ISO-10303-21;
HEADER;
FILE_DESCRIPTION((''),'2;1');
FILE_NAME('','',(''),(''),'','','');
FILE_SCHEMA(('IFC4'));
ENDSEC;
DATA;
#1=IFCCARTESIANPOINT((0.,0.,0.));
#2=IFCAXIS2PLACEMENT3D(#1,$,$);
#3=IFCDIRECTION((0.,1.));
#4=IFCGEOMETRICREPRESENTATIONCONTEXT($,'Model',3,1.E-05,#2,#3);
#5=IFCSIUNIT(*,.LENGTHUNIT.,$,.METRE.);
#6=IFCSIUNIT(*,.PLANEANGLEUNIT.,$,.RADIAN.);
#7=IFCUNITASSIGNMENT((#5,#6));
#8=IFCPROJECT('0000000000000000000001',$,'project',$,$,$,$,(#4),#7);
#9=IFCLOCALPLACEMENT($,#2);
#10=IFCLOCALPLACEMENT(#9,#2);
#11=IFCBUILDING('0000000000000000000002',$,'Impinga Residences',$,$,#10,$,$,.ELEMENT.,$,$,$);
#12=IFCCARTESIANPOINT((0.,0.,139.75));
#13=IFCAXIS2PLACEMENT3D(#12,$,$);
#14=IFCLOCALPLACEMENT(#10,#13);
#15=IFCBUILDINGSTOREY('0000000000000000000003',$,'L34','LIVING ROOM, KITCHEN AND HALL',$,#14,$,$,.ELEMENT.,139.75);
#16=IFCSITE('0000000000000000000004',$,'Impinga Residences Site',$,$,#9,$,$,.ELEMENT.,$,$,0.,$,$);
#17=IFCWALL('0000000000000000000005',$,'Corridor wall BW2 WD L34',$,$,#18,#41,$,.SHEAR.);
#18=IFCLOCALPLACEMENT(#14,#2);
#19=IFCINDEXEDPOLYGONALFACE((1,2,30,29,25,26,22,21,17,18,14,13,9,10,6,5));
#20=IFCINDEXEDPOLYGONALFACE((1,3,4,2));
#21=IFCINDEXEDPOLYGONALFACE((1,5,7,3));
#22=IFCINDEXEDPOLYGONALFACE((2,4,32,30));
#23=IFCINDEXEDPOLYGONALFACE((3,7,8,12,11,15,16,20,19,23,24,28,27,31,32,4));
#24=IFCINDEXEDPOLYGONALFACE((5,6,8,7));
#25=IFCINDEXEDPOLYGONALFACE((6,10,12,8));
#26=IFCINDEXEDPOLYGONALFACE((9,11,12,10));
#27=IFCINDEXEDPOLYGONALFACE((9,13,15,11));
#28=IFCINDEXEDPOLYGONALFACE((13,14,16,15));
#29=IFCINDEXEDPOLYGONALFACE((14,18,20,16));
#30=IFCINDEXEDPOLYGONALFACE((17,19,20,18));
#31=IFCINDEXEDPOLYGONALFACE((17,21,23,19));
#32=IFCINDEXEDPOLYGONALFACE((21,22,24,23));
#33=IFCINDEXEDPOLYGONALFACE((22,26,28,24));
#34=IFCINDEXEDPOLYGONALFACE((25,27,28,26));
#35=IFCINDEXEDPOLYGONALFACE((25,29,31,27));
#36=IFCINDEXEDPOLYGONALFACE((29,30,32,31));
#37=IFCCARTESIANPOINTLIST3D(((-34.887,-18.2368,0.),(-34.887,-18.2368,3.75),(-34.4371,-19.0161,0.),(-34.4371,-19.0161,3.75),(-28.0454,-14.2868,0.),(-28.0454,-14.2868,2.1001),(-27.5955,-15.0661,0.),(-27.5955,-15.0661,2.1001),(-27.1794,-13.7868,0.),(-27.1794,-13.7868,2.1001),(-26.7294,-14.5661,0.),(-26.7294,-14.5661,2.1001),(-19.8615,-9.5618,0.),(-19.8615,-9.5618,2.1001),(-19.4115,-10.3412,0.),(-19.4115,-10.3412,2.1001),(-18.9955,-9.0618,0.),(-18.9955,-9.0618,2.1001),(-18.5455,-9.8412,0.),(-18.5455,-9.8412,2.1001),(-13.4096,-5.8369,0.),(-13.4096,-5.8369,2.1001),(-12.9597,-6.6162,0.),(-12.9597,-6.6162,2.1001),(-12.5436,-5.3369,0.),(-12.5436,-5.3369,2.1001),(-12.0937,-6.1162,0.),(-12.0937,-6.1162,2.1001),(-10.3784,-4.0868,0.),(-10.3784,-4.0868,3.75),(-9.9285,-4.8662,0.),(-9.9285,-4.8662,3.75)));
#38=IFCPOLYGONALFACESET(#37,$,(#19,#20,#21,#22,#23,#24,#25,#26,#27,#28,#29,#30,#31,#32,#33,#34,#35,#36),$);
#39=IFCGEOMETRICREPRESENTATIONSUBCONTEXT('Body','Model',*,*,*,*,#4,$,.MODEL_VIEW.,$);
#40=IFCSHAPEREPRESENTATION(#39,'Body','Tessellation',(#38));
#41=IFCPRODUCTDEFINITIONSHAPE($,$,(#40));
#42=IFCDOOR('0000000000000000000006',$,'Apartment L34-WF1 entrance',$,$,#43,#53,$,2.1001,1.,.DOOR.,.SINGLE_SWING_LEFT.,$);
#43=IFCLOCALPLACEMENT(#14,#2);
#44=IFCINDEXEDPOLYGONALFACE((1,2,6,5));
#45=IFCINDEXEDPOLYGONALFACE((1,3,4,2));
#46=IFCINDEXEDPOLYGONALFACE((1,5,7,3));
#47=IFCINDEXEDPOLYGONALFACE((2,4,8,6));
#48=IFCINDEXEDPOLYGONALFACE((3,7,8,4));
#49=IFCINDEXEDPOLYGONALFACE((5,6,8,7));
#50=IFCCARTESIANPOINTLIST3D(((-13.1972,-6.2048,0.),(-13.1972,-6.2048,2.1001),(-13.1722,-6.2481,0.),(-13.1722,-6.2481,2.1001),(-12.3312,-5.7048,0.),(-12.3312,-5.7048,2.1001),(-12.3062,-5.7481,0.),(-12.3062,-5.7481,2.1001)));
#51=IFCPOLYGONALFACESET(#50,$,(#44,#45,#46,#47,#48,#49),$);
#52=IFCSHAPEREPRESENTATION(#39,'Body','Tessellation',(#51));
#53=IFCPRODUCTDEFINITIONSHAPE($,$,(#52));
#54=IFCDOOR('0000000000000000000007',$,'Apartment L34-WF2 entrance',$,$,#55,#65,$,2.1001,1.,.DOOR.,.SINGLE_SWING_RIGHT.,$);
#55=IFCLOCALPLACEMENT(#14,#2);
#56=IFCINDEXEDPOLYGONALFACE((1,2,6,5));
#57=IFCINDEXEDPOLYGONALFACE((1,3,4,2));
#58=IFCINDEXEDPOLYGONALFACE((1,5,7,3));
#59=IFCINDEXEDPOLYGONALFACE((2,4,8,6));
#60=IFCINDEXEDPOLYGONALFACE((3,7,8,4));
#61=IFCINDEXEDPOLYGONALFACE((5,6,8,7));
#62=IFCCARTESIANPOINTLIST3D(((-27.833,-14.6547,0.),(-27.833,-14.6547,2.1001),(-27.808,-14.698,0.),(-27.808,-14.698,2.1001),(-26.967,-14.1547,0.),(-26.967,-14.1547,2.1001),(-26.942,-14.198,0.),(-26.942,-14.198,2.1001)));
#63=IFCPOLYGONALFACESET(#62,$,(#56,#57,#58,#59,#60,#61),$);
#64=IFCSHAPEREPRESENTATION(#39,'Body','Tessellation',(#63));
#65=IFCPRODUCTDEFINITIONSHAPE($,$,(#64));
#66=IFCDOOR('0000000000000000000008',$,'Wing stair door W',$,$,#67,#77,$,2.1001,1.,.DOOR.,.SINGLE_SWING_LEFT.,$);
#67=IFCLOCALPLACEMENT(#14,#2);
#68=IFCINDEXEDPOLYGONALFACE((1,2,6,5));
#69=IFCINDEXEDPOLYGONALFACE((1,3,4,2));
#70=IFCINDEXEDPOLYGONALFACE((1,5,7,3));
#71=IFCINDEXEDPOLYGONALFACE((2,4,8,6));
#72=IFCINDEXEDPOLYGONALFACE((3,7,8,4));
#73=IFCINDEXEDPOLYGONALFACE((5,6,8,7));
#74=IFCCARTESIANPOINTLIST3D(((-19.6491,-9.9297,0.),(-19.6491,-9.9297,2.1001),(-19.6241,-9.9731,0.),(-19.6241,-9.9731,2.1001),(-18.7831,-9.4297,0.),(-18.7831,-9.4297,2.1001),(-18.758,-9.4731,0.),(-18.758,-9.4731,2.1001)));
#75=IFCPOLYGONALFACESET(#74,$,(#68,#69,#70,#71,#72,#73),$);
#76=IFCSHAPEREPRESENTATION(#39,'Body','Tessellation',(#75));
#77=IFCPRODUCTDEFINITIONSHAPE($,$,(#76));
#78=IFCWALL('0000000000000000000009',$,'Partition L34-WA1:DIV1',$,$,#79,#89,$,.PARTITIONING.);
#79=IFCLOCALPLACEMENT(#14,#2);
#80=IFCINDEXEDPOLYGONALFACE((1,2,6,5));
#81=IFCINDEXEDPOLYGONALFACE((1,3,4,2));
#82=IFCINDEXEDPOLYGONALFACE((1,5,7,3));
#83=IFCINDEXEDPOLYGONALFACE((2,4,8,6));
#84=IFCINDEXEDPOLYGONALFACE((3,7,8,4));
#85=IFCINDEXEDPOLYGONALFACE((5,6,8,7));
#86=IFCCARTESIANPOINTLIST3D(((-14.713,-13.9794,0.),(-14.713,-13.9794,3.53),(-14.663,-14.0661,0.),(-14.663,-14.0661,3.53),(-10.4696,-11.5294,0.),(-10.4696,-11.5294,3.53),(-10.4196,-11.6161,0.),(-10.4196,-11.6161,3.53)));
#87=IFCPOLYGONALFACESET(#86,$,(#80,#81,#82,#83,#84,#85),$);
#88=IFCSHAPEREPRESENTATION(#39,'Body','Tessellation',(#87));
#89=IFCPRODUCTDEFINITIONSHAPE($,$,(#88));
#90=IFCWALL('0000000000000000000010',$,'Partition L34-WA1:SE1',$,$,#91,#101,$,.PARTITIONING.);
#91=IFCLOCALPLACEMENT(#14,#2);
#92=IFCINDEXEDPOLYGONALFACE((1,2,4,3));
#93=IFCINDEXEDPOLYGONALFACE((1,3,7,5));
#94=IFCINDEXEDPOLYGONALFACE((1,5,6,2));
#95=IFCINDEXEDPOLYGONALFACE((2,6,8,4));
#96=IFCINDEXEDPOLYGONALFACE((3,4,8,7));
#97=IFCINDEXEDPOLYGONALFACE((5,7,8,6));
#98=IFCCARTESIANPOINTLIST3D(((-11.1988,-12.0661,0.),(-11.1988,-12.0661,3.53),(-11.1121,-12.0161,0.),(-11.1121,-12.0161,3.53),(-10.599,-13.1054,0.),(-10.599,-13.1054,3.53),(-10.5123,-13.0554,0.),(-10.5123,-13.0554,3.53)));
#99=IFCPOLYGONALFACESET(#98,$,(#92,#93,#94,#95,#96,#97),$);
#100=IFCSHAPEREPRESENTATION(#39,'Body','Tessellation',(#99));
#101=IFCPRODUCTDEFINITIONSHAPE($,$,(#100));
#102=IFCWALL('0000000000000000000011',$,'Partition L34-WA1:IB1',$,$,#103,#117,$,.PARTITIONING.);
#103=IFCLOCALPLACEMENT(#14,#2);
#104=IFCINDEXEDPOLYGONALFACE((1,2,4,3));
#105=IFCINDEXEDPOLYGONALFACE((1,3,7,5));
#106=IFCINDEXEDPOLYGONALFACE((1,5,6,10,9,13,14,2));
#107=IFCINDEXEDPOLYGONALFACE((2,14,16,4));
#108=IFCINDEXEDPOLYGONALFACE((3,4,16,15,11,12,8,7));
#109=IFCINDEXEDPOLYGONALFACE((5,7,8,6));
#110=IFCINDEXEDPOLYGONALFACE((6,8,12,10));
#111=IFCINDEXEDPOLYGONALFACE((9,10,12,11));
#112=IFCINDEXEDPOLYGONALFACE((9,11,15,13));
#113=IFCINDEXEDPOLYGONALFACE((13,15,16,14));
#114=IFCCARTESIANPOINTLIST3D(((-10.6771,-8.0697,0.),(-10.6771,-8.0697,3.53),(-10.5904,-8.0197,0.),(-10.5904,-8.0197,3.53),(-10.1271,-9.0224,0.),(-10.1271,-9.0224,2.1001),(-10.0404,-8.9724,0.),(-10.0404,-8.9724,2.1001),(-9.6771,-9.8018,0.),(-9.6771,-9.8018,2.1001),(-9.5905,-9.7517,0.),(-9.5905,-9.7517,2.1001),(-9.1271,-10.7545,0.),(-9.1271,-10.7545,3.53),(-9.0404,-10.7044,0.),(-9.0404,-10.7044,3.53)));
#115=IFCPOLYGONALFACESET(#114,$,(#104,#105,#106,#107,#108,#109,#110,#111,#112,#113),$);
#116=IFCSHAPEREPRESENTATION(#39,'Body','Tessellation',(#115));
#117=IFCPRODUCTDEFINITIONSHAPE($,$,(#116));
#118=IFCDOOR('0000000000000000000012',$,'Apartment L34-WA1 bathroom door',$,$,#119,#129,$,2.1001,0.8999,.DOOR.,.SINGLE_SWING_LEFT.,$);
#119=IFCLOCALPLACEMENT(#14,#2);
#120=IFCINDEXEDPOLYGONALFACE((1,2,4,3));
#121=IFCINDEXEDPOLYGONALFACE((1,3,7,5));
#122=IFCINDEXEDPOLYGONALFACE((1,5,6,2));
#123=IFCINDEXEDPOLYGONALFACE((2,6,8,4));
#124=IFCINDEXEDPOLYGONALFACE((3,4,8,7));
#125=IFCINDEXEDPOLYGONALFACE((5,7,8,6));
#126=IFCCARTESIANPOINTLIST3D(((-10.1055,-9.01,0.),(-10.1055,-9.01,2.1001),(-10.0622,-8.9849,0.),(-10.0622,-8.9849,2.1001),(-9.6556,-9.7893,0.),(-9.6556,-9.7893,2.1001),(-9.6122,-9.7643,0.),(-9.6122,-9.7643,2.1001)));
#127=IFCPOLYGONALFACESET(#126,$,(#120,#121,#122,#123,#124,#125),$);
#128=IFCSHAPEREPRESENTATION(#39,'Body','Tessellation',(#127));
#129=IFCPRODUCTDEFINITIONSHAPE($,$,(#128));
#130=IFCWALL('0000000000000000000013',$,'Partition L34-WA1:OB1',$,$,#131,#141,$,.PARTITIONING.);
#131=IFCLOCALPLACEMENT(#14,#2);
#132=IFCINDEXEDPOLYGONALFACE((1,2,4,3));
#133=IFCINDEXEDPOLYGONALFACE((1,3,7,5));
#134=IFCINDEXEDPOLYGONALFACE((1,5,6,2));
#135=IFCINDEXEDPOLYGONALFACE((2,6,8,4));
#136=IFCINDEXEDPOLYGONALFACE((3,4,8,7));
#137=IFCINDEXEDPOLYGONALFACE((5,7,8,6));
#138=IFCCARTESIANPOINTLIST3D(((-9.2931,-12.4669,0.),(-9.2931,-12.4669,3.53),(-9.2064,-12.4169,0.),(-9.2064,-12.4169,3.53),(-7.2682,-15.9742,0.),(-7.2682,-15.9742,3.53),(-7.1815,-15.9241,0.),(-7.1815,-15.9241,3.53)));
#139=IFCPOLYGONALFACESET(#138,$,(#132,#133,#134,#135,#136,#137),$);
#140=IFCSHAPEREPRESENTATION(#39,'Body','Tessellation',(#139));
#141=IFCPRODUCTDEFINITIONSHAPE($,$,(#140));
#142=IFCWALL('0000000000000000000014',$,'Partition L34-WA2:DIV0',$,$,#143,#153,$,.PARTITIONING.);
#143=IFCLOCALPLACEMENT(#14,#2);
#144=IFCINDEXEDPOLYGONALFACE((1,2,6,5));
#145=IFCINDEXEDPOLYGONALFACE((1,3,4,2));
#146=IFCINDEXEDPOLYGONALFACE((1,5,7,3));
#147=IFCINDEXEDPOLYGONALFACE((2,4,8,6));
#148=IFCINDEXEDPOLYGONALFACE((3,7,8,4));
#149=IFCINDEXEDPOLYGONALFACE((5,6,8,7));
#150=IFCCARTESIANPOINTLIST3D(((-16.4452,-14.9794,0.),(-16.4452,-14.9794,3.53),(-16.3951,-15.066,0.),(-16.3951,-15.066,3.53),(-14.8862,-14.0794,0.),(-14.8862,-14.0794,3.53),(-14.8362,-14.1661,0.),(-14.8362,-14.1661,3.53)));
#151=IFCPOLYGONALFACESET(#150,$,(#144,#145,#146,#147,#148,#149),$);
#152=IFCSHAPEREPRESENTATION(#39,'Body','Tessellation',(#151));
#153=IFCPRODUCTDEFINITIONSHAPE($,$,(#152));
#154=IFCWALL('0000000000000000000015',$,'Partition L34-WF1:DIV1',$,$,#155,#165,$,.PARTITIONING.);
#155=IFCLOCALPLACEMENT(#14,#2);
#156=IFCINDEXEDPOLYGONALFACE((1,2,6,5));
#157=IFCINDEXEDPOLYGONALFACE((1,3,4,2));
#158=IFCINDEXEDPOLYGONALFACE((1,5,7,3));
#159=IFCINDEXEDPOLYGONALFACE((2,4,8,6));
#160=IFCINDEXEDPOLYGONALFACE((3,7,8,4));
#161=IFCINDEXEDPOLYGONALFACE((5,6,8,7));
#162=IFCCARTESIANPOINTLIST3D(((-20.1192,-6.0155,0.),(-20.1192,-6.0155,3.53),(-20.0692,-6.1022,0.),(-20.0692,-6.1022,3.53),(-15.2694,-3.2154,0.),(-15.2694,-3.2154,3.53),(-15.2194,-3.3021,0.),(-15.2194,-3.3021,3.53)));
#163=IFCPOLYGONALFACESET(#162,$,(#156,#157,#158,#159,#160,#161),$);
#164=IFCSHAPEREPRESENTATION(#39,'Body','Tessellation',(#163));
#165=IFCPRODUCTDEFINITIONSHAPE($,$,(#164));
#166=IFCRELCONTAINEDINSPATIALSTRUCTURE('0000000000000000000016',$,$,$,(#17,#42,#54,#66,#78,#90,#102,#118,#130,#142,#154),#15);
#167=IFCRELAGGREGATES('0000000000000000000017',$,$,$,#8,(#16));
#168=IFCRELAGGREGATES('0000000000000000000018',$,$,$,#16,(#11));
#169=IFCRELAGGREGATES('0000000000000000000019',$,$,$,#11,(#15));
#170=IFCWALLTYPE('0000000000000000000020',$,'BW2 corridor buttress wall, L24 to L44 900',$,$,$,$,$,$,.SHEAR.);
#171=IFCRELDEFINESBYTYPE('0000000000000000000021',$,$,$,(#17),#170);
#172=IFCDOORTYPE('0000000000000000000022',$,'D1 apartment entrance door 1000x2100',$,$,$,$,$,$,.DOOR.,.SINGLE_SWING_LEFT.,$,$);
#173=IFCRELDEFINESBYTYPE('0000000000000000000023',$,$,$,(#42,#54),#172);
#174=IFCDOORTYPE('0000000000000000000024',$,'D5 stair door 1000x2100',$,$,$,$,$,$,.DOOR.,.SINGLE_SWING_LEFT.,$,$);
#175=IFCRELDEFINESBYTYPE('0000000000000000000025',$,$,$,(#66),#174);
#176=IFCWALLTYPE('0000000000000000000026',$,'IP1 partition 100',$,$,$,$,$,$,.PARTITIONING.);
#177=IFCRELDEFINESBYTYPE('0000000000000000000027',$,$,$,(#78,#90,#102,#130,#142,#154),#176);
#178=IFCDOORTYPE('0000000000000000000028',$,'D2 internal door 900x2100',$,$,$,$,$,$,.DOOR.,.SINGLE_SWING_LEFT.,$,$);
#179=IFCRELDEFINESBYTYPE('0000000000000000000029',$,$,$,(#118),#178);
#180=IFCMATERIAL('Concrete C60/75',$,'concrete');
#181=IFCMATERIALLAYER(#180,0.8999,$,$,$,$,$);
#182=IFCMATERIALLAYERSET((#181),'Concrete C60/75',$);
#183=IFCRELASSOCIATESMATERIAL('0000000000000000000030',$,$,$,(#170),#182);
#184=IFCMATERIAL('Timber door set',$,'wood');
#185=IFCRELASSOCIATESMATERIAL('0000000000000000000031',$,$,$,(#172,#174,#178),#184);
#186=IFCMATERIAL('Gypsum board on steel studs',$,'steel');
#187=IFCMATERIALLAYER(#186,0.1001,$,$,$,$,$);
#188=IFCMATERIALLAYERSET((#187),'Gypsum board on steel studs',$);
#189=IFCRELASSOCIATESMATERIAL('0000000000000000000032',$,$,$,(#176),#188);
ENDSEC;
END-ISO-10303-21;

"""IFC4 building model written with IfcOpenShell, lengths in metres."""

from ifc_helpers import new_model, si_unit, direction, frame, frame_2d, origin, place, context, subcontext, project, spatial, rectangle, extrude, material, layer, layer_set, type_object, element, fill, save


model = new_model("IFC4")

# Units and contexts
model_context = context("Model", 3, precision=1e-05, world=origin(), true_north=direction((0.0, 1.0)))
body_context = subcontext(model_context, "Body", "Model", "MODEL_VIEW")
ifc_project = project(units=[si_unit("LENGTHUNIT", "METRE"), si_unit("PLANEANGLEUNIT", "RADIAN")], contexts=[model_context])

# Site, building, storey
site_placement = place(None, origin())
site = spatial("IfcSite", under=ifc_project, at=site_placement, Name="Impinga Residences Site", CompositionType="ELEMENT", RefElevation=0.0)
building_placement = place(site_placement, origin())
building = spatial("IfcBuilding", under=site, at=building_placement, Name="Impinga Residences", CompositionType="ELEMENT")
storey_placement = place(building_placement, frame((0.0, 0.0, 139.75)))
storey = spatial("IfcBuildingStorey", under=building, at=storey_placement, Name="L34", Description="LIVING ROOM, KITCHEN AND HALL", CompositionType="ELEMENT", Elevation=139.75)

# Shared definitions
ifc_material_1 = material(Name="Concrete C60/75", Category="concrete")

# Wall, openings, doors
ifc_layer_1 = layer(ifc_material_1, 0.8999)
ifc_layer_set_1 = layer_set([ifc_layer_1], Name="Concrete C60/75")
wall_type_1 = type_object("IfcWallType", Name="BW2 corridor buttress wall, L24 to L44 900", PredefinedType="SHEAR", material=ifc_layer_set_1)
ifc_material_2 = material(Name="Timber door set", Category="wood")
door_type_1 = type_object("IfcDoorType", Name="D1 apartment entrance door 1000x2100", OperationType="SINGLE_SWING_LEFT", PredefinedType="DOOR", material=ifc_material_2)
wall_1_placement = place(storey_placement, frame((-10.1536, -4.4766, 0.0), z_axis=(0.0, 0.0, 1.0), x_axis=(-0.866027, -0.499997, 0.0)))
wall_1 = element("IfcWall", 1, at=wall_1_placement, inside=storey, type_object=wall_type_1, Name="Corridor wall BW2 WD L34", PredefinedType="SHEAR", context=body_context, shape_type="SweptSolid", body=[
    extrude(rectangle(XDim=28.3, YDim=0.8999, at=frame_2d((14.1499, 0.0))), origin(), (0.0, 0.0, 1.0), 3.75),
])
opening_1_placement = place(wall_1_placement, frame((9.95, 0.0, 0.0)))
opening_1 = element("IfcOpeningElement", 2, at=opening_1_placement, cuts=wall_1, PredefinedType="OPENING", context=body_context, shape_type="SweptSolid", body=[
    extrude(rectangle(XDim=1.0, YDim=2.1001, at=frame_2d((0.5, 1.05))), frame((0.0, 0.46, 0.0), z_axis=(0.0, -1.0, 0.0), x_axis=(1.0, 0.0, 0.0)), (0.0, 0.0, 1.0), 0.9199),
])
opening_2_placement = place(wall_1_placement, frame((2.5, 0.0, 0.0)))
opening_2 = element("IfcOpeningElement", 3, at=opening_2_placement, cuts=wall_1, PredefinedType="OPENING", context=body_context, shape_type="SweptSolid", body=[
    extrude(rectangle(XDim=1.0, YDim=2.1001, at=frame_2d((0.5, 1.05))), frame((0.0, 0.46, 0.0), z_axis=(0.0, -1.0, 0.0), x_axis=(1.0, 0.0, 0.0)), (0.0, 0.0, 1.0), 0.9199),
])
opening_3_placement = place(wall_1_placement, frame((19.3999, 0.0, 0.0)))
opening_3 = element("IfcOpeningElement", 4, at=opening_3_placement, cuts=wall_1, PredefinedType="OPENING", context=body_context, shape_type="SweptSolid", body=[
    extrude(rectangle(XDim=1.0, YDim=2.1001, at=frame_2d((0.5, 1.05))), frame((0.0, 0.46, 0.0), z_axis=(0.0, -1.0, 0.0), x_axis=(1.0, 0.0, 0.0)), (0.0, 0.0, 1.0), 0.9199),
])
door_1_placement = place(opening_2_placement, origin())
door_1 = element("IfcDoor", 5, at=door_1_placement, inside=storey, type_object=door_type_1, Name="Apartment L34-WF1 entrance", OperationType="SINGLE_SWING_LEFT", OverallHeight=2.1001, OverallWidth=1.0, PredefinedType="DOOR", context=body_context, shape_type="SweptSolid", body=[
    extrude(rectangle(XDim=1.0, YDim=2.1001, at=frame_2d((0.5, 1.05))), frame((0.0, 0.0249, 0.0), z_axis=(0.0, -1.0, 0.0), x_axis=(1.0, 0.0, 0.0)), (0.0, 0.0, 1.0), 0.05),
])
fill(opening_2, door_1)
door_2_placement = place(opening_3_placement, origin())
door_2 = element("IfcDoor", 6, at=door_2_placement, inside=storey, type_object=door_type_1, Name="Apartment L34-WF2 entrance", OperationType="SINGLE_SWING_RIGHT", OverallHeight=2.1001, OverallWidth=1.0, PredefinedType="DOOR", context=body_context, shape_type="SweptSolid", body=[
    extrude(rectangle(XDim=1.0, YDim=2.1001, at=frame_2d((0.5, 1.05))), frame((0.0, 0.0249, 0.0), z_axis=(0.0, -1.0, 0.0), x_axis=(1.0, 0.0, 0.0)), (0.0, 0.0, 1.0), 0.05),
])
fill(opening_3, door_2)
door_type_2 = type_object("IfcDoorType", Name="D5 stair door 1000x2100", OperationType="SINGLE_SWING_LEFT", PredefinedType="DOOR", material=ifc_material_2)
door_3_placement = place(opening_1_placement, origin())
door_3 = element("IfcDoor", 7, at=door_3_placement, inside=storey, type_object=door_type_2, Name="Wing stair door W", OperationType="SINGLE_SWING_LEFT", OverallHeight=2.1001, OverallWidth=1.0, PredefinedType="DOOR", context=body_context, shape_type="SweptSolid", body=[
    extrude(rectangle(XDim=1.0, YDim=2.1001, at=frame_2d((0.5, 1.05))), frame((0.0, 0.0249, 0.0), z_axis=(0.0, -1.0, 0.0), x_axis=(1.0, 0.0, 0.0)), (0.0, 0.0, 1.0), 0.05),
])
fill(opening_1, door_3)

# Walls
ifc_material_3 = material(Name="Gypsum board on steel studs", Category="steel")
ifc_layer_2 = layer(ifc_material_3, 0.1001)
ifc_layer_set_2 = layer_set([ifc_layer_2], Name="Gypsum board on steel studs")
wall_type_2 = type_object("IfcWallType", Name="IP1 partition 100", PredefinedType="PARTITIONING", material=ifc_layer_set_2)
wall_2_placement = place(storey_placement, frame((-10.4446, -11.5728, 0.0), z_axis=(0.0, 0.0, 1.0), x_axis=(-0.866024, -0.500003, 0.0)))
element("IfcWall", 8, at=wall_2_placement, inside=storey, type_object=wall_type_2, Name="Partition L34-WA1:DIV1", PredefinedType="PARTITIONING", context=body_context, shape_type="SweptSolid", body=[
    extrude(rectangle(XDim=4.8999, YDim=0.1001, at=frame_2d((2.45, 0.0))), origin(), (0.0, 0.0, 1.0), 3.53),
])
wall_3_placement = place(storey_placement, frame((-11.1555, -12.041, 0.0), z_axis=(0.0, 0.0, 1.0), x_axis=(0.499881, -0.866094, 0.0)))
element("IfcWall", 9, at=wall_3_placement, inside=storey, type_object=wall_type_2, Name="Partition L34-WA1:SE1", PredefinedType="PARTITIONING", context=body_context, shape_type="SweptSolid", body=[
    extrude(rectangle(XDim=1.2, YDim=0.1001, at=frame_2d((0.6001, 0.0))), origin(), (0.0, 0.0, 1.0), 3.53),
])

# Wall, opening, door
wall_4_placement = place(storey_placement, frame((-10.6338, -8.0447, 0.0), z_axis=(0.0, 0.0, 1.0), x_axis=(0.499993, -0.86603, 0.0)))
wall_4 = element("IfcWall", 10, at=wall_4_placement, inside=storey, type_object=wall_type_2, Name="Partition L34-WA1:IB1", PredefinedType="PARTITIONING", context=body_context, shape_type="SweptSolid", body=[
    extrude(rectangle(XDim=3.1001, YDim=0.1001, at=frame_2d((1.55, 0.0))), origin(), (0.0, 0.0, 1.0), 3.53),
])
opening_4_placement = place(wall_4_placement, frame((1.1001, 0.0, 0.0)))
opening_4 = element("IfcOpeningElement", 11, at=opening_4_placement, cuts=wall_4, PredefinedType="OPENING", context=body_context, shape_type="SweptSolid", body=[
    extrude(rectangle(XDim=0.8999, YDim=2.1001, at=frame_2d((0.45, 1.05))), frame((0.0, 0.0601, 0.0), z_axis=(0.0, -1.0, 0.0), x_axis=(1.0, 0.0, 0.0)), (0.0, 0.0, 1.0), 0.1201),
])
door_type_3 = type_object("IfcDoorType", Name="D2 internal door 900x2100", OperationType="SINGLE_SWING_LEFT", PredefinedType="DOOR", material=ifc_material_2)
door_4_placement = place(opening_4_placement, origin())
door_4 = element("IfcDoor", 12, at=door_4_placement, inside=storey, type_object=door_type_3, Name="Apartment L34-WA1 bathroom door", OperationType="SINGLE_SWING_LEFT", OverallHeight=2.1001, OverallWidth=0.8999, PredefinedType="DOOR", context=body_context, shape_type="SweptSolid", body=[
    extrude(rectangle(XDim=0.8999, YDim=2.1001, at=frame_2d((0.45, 1.05))), frame((0.0, 0.0249, 0.0), z_axis=(0.0, -1.0, 0.0), x_axis=(1.0, 0.0, 0.0)), (0.0, 0.0, 1.0), 0.05),
])
fill(opening_4, door_4)

# Walls
wall_5_placement = place(storey_placement, frame((-9.2498, -12.4419, 0.0), z_axis=(0.0, 0.0, 1.0), x_axis=(0.49999, -0.866031, 0.0)))
element("IfcWall", 13, at=wall_5_placement, inside=storey, type_object=wall_type_2, Name="Partition L34-WA1:OB1", PredefinedType="PARTITIONING", context=body_context, shape_type="SweptSolid", body=[
    extrude(rectangle(XDim=4.0498, YDim=0.1001, at=frame_2d((2.0249, 0.0))), origin(), (0.0, 0.0, 1.0), 3.53),
])
wall_6_placement = place(storey_placement, frame((-14.8613, -14.1228, 0.0), z_axis=(0.0, 0.0, 1.0), x_axis=(-0.866048, -0.499961, 0.0)))
element("IfcWall", 14, at=wall_6_placement, inside=storey, type_object=wall_type_2, Name="Partition L34-WA2:DIV0", PredefinedType="PARTITIONING", context=body_context, shape_type="SweptSolid", body=[
    extrude(rectangle(XDim=1.8, YDim=0.1001, at=frame_2d((0.8999, 0.0))), origin(), (0.0, 0.0, 1.0), 3.53),
])
wall_7_placement = place(storey_placement, frame((-15.2444, -3.2588, 0.0), z_axis=(0.0, 0.0, 1.0), x_axis=(-0.866027, -0.499998, 0.0)))
element("IfcWall", 15, at=wall_7_placement, inside=storey, type_object=wall_type_2, Name="Partition L34-WF1:DIV1", PredefinedType="PARTITIONING", context=body_context, shape_type="SweptSolid", body=[
    extrude(rectangle(XDim=5.6001, YDim=0.1001, at=frame_2d((2.8, 0.0))), origin(), (0.0, 0.0, 1.0), 3.53),
])

save(model, "model.ifc")
